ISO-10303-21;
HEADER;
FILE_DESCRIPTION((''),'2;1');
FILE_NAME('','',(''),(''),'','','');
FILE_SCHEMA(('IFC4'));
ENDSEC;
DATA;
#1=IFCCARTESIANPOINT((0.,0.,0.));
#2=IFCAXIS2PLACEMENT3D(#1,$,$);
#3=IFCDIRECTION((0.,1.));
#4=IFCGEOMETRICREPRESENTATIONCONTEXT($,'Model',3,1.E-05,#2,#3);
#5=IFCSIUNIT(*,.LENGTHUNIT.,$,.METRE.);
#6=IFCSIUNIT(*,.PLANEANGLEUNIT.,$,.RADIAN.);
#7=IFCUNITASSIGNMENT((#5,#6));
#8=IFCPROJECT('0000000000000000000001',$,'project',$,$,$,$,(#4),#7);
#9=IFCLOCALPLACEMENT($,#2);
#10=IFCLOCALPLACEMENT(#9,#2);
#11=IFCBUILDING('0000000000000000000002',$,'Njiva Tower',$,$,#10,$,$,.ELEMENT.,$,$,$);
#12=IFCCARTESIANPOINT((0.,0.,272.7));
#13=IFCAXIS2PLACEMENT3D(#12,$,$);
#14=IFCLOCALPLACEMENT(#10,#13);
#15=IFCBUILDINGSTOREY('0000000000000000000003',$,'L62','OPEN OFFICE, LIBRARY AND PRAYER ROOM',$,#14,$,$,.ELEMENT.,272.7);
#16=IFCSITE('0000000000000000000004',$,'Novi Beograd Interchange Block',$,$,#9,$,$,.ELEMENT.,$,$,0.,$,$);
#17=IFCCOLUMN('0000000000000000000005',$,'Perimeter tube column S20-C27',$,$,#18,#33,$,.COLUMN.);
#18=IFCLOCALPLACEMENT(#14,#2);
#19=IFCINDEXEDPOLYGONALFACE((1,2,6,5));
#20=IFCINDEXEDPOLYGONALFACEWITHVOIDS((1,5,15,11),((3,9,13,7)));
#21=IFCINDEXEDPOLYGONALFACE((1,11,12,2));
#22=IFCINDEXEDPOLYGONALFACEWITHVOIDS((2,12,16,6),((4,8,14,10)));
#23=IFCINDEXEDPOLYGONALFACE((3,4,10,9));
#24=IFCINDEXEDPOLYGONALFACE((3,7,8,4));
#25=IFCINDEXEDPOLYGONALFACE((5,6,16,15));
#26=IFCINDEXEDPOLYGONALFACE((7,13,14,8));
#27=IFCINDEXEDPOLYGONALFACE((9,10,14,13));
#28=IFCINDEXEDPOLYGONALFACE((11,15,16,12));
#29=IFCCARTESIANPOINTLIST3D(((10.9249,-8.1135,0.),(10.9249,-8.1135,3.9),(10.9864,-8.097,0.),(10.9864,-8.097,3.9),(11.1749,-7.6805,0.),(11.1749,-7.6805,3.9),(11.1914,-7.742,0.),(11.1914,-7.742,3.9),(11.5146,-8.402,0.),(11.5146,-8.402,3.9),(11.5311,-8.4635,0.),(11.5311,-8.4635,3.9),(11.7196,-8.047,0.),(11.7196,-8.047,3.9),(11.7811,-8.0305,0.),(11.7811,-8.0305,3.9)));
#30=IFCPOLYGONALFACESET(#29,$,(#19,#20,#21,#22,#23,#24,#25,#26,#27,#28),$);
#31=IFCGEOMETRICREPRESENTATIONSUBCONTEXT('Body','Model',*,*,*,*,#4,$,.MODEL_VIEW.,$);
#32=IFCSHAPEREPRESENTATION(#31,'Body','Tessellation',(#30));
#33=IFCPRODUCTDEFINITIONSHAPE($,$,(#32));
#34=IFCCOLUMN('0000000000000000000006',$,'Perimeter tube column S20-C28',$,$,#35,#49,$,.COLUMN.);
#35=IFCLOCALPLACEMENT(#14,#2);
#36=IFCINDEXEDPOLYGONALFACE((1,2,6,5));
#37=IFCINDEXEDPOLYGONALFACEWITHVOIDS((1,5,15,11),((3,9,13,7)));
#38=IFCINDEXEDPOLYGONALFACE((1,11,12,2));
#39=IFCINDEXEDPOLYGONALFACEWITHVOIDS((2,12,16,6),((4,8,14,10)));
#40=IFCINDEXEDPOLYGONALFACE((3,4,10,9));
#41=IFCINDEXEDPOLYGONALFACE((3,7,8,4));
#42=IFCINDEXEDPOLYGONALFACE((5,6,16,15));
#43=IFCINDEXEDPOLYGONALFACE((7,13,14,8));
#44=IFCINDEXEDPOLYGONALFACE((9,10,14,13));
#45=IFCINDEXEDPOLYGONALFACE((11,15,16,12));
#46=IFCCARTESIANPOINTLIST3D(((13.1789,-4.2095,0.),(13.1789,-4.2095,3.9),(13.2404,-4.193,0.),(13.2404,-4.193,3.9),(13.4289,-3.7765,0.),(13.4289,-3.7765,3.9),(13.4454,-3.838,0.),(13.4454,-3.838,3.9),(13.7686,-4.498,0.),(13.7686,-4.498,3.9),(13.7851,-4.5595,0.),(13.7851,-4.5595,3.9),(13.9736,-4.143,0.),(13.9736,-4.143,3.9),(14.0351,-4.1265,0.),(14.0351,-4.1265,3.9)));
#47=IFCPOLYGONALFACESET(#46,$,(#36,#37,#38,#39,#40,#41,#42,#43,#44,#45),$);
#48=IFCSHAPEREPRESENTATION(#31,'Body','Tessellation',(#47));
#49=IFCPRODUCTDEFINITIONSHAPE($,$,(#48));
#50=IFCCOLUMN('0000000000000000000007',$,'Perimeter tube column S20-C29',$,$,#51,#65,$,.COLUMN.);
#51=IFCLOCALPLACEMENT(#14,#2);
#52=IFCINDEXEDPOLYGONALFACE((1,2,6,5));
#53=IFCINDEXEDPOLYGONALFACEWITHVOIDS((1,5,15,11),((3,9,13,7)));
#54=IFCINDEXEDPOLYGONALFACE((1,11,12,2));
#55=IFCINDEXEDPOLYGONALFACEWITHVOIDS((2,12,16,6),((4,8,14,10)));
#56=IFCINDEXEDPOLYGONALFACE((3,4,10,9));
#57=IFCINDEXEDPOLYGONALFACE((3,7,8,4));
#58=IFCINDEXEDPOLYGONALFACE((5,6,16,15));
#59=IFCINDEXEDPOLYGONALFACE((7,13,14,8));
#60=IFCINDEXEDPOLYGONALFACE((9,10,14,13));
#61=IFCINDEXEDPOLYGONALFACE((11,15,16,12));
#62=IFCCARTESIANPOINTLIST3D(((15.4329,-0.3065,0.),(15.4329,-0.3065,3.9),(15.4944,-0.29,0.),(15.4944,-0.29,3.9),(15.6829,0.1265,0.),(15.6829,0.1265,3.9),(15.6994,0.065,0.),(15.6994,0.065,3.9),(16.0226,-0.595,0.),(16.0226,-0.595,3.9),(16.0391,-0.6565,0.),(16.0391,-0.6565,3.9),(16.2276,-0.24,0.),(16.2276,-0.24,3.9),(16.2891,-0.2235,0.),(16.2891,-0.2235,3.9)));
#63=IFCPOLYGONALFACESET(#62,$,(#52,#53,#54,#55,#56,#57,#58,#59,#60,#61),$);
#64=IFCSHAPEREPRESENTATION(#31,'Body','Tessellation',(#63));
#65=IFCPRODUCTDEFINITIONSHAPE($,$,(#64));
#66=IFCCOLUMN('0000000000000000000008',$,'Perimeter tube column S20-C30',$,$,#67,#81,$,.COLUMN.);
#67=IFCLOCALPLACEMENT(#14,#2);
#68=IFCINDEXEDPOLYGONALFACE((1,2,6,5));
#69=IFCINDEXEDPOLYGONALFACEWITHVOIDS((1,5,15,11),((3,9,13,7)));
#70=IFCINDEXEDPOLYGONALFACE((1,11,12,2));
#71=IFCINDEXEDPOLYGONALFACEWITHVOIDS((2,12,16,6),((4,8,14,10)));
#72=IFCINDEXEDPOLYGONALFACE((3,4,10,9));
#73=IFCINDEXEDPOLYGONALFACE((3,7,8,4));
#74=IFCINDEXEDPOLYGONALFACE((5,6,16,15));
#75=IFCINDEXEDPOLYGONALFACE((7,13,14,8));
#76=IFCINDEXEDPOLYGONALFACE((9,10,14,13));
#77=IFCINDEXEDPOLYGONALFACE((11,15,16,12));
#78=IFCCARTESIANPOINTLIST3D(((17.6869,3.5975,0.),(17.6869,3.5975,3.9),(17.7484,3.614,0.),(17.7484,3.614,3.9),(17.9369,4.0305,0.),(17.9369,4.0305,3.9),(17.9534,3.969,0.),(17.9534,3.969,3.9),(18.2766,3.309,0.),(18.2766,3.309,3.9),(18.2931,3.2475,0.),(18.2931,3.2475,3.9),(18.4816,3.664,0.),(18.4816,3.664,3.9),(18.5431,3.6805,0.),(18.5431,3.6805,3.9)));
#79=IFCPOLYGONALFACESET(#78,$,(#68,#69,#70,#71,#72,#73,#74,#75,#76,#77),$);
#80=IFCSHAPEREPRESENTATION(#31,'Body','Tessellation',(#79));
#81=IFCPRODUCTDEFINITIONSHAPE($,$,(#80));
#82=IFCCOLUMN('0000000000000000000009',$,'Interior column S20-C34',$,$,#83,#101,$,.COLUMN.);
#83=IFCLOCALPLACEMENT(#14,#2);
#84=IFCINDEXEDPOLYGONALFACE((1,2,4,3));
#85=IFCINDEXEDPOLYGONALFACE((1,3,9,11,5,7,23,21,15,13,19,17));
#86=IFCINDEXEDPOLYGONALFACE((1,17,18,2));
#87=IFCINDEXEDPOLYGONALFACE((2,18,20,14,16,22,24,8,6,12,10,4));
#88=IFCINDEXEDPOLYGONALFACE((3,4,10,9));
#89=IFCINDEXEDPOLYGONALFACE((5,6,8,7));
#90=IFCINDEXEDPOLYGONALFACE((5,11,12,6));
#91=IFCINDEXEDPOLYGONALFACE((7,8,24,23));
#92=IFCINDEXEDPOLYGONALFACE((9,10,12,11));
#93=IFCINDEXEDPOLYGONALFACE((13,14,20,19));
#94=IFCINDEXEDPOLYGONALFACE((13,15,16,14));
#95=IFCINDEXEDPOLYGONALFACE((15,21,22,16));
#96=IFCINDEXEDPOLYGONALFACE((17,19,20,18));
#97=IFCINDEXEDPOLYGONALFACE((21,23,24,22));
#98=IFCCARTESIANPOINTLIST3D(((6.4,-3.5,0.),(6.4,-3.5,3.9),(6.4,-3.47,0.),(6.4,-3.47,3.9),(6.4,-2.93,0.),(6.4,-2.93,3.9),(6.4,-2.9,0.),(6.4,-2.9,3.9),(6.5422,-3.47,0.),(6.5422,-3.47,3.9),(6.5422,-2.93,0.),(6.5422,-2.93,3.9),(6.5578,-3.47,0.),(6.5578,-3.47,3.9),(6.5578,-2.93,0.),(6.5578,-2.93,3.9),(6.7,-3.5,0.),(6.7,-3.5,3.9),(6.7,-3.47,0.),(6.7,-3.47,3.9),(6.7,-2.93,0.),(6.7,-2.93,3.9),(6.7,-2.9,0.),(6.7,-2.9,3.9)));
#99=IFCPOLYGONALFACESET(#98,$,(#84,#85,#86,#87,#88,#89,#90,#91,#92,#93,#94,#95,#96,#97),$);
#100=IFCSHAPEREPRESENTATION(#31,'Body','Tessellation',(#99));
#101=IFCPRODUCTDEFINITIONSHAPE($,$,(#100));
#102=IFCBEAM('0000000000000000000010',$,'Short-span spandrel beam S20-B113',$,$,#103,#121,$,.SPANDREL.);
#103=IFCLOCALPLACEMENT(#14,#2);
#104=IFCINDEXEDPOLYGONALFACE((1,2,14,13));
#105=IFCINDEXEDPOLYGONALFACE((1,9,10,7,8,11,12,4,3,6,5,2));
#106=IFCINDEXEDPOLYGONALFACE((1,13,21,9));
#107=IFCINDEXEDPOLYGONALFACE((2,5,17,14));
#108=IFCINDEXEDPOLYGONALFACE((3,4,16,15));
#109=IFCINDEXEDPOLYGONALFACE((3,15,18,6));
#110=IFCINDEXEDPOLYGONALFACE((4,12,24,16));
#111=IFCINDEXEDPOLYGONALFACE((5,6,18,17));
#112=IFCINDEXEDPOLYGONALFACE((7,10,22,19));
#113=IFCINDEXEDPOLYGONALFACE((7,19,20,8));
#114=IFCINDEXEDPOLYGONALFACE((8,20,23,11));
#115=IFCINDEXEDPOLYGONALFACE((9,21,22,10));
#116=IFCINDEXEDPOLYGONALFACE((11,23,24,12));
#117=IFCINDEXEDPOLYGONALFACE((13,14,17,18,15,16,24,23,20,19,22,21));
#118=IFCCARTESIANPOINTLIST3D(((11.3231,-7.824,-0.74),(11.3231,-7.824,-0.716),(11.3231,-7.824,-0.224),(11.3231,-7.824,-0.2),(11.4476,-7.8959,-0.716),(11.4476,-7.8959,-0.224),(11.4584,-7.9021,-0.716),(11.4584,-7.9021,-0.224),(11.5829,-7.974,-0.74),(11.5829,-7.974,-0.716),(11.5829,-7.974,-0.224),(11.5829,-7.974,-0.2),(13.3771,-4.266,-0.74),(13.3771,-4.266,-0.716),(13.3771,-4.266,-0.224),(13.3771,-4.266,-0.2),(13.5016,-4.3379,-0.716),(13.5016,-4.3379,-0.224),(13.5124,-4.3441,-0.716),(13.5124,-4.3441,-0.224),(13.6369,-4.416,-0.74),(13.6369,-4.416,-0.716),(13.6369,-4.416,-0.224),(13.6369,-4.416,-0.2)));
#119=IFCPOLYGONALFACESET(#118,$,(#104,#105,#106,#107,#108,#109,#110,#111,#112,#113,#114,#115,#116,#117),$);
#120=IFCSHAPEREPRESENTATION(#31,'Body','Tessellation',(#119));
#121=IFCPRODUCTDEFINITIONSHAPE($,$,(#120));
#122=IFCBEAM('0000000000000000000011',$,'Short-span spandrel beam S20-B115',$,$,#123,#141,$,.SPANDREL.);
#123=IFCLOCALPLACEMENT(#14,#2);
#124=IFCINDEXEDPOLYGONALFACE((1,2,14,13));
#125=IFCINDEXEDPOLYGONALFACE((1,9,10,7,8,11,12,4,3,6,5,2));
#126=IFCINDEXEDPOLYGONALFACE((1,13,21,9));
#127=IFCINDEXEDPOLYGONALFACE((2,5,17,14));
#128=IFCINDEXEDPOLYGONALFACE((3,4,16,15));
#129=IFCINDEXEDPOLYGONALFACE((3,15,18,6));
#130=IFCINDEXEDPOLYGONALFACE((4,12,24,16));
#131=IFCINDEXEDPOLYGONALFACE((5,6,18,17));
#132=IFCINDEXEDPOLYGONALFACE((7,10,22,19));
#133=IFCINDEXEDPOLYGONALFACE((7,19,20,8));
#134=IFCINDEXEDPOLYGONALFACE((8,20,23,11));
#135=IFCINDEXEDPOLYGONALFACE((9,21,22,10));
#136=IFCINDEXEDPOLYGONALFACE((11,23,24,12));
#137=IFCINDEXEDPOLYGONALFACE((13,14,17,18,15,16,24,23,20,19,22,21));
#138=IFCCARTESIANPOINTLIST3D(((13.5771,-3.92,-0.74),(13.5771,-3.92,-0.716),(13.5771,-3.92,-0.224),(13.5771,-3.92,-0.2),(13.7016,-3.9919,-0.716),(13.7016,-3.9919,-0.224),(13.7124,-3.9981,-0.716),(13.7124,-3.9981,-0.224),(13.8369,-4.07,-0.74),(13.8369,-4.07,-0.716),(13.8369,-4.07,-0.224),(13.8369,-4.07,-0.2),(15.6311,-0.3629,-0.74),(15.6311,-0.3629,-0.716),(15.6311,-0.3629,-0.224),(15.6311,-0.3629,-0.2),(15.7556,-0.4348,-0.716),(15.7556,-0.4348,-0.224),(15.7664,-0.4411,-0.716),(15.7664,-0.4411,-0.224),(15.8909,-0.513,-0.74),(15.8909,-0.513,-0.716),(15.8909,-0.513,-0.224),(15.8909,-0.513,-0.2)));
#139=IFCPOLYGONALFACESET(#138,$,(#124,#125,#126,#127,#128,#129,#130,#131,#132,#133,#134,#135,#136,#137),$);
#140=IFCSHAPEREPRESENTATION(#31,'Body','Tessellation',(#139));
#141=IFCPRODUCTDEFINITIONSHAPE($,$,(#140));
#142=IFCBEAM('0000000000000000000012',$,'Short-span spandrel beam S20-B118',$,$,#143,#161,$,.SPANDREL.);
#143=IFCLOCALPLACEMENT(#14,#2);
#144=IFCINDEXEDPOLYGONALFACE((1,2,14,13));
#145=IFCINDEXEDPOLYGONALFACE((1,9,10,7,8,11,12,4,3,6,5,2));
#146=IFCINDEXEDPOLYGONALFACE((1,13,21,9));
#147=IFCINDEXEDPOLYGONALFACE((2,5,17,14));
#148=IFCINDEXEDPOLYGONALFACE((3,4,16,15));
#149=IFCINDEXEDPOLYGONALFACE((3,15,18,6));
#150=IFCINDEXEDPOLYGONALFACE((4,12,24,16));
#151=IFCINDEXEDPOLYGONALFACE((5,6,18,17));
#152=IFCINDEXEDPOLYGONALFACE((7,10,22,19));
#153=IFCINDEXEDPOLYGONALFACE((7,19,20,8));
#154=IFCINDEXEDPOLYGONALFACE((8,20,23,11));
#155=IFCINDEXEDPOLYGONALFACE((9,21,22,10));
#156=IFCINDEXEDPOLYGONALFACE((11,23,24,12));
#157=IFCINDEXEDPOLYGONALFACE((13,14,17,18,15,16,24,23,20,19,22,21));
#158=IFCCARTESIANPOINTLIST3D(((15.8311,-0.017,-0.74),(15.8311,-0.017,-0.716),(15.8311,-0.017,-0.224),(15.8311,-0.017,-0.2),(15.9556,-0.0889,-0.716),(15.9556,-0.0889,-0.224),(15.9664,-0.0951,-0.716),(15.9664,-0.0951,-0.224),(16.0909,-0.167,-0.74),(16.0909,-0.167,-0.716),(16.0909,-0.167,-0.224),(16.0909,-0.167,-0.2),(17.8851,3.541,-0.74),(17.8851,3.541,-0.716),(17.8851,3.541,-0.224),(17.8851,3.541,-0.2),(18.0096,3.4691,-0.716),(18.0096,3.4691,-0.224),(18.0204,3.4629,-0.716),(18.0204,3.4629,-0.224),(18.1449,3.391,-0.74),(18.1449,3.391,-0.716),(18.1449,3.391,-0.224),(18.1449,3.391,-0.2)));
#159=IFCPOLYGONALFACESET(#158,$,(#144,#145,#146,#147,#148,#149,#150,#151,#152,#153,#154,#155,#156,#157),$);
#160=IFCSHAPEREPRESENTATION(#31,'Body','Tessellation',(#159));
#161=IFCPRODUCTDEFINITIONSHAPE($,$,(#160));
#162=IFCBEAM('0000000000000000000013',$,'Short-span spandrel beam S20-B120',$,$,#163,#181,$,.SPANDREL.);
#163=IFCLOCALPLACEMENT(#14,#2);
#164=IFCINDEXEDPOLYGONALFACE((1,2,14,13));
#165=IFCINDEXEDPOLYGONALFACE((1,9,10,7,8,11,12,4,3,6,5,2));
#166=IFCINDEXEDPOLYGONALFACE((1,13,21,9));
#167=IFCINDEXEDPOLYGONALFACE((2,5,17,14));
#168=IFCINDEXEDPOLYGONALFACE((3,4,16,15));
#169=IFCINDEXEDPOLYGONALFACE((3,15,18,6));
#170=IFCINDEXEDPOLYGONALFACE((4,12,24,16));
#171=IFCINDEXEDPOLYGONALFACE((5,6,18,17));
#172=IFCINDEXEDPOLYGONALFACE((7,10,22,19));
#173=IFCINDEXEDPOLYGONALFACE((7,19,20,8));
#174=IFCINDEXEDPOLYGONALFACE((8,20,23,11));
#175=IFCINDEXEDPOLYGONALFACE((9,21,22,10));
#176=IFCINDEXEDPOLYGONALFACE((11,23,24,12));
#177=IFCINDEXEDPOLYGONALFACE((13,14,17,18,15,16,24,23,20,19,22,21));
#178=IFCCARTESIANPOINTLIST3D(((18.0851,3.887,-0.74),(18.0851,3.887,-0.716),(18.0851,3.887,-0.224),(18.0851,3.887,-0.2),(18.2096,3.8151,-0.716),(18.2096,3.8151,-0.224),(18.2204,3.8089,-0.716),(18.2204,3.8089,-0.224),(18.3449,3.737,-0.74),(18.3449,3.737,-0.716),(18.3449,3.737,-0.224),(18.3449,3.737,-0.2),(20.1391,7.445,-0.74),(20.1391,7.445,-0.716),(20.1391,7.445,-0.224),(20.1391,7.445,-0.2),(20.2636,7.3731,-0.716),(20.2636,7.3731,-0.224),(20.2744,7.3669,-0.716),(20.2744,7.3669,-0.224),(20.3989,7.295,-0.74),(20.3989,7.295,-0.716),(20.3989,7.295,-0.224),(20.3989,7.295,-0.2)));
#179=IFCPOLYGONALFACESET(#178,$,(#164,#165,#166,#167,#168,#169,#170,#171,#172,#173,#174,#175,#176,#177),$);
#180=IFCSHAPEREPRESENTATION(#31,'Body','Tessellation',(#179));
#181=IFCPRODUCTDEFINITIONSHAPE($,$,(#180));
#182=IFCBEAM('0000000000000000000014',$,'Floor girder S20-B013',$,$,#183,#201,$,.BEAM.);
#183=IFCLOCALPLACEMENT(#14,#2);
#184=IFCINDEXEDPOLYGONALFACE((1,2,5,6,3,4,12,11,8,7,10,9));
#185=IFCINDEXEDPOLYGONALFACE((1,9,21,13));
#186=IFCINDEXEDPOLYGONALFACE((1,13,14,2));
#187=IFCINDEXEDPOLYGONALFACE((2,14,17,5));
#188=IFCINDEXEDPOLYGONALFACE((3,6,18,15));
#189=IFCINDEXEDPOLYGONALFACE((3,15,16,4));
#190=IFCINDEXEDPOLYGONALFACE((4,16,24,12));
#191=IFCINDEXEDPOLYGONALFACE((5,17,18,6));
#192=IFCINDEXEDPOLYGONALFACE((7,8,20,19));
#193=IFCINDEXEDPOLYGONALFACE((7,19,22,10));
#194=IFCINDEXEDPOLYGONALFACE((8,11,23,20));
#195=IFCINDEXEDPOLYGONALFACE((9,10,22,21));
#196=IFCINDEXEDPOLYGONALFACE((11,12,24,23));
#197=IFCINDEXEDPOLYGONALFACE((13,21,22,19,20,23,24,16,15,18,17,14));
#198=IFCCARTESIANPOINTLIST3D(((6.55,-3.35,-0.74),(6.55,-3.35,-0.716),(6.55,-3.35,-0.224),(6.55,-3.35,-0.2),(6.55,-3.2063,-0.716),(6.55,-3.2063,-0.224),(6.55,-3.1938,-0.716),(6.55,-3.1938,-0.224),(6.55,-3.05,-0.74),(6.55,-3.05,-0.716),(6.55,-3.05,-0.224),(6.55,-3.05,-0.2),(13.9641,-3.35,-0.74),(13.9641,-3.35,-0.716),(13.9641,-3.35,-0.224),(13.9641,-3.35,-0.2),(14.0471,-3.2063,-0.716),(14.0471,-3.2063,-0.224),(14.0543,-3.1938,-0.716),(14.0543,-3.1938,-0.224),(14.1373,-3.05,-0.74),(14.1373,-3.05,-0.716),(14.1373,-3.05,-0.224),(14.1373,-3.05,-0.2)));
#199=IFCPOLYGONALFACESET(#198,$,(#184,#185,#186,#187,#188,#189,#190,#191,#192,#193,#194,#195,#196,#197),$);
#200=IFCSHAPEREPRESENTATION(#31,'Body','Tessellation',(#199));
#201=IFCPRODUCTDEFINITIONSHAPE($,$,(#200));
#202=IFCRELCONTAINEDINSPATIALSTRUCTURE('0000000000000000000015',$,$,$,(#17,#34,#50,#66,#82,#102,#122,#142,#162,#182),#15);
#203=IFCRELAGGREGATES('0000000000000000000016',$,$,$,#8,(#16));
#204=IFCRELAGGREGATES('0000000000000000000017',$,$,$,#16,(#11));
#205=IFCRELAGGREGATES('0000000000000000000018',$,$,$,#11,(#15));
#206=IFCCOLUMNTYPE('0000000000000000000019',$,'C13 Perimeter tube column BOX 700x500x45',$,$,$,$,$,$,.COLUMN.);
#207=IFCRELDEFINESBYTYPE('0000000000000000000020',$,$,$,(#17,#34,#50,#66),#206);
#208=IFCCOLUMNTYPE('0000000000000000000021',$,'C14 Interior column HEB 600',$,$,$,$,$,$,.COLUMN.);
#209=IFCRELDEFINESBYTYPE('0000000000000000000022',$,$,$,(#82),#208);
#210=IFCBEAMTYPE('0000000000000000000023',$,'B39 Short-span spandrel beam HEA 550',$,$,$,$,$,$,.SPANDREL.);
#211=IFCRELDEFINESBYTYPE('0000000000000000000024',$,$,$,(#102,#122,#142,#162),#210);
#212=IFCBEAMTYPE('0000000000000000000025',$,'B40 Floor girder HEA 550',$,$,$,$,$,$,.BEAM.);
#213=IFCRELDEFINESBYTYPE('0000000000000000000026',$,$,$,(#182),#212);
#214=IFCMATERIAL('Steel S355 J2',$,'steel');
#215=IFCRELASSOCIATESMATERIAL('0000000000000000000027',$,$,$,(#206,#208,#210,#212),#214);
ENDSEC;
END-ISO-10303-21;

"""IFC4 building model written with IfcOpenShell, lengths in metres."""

from ifc_helpers import new_model, si_unit, direction, frame, origin, origin_2d, place, context, subcontext, project, spatial, hollow_rectangle, i_section, extrude, clip, halfspace, material, material_profile, profile_set, type_object, element, save


model = new_model("IFC4")

# Units and contexts
model_context = context("Model", 3, precision=1e-05, world=origin(), true_north=direction((0.0, 1.0)))
body_context = subcontext(model_context, "Body", "Model", "MODEL_VIEW")
ifc_project = project(units=[si_unit("LENGTHUNIT", "METRE"), si_unit("PLANEANGLEUNIT", "RADIAN")], contexts=[model_context])

# Site, building, storey
site_placement = place(None, origin())
site = spatial("IfcSite", under=ifc_project, at=site_placement, Name="Novi Beograd Interchange Block", CompositionType="ELEMENT", RefElevation=0.0)
building_placement = place(site_placement, origin())
building = spatial("IfcBuilding", under=site, at=building_placement, Name="Njiva Tower", CompositionType="ELEMENT")
storey_placement = place(building_placement, frame((0.0, 0.0, 272.7)))
storey = spatial("IfcBuildingStorey", under=building, at=storey_placement, Name="L62", Description="OPEN OFFICE, LIBRARY AND PRAYER ROOM", CompositionType="ELEMENT", Elevation=272.7)

# Columns
ifc_material_1 = material(Name="Steel S355 J2", Category="steel")
ifc_material_profile_1 = material_profile(ifc_material_1, hollow_rectangle(XDim=0.5, YDim=0.7, WallThickness=0.045, at=origin_2d()), Name="BOX 700x500x45")
ifc_profile_set_1 = profile_set([ifc_material_profile_1], Name="Steel S355 J2")
column_type_1 = type_object("IfcColumnType", Name="C13 Perimeter tube column BOX 700x500x45", PredefinedType="COLUMN", material=ifc_profile_set_1)
for number, where, z_axis, x_axis, name in (
    (1, (11.353, -8.072, 0.0), (0.0, 0.0, 1.0), (0.5, 0.866025, 0.0), "Perimeter tube column S20-C27"),
    (2, (13.607, -4.168, 0.0), (0.0, 0.0, 1.0), (0.5, 0.866025, 0.0), "Perimeter tube column S20-C28"),
    (3, (15.861, -0.265, 0.0), (0.0, 0.0, 1.0), (0.5, 0.866025, 0.0), "Perimeter tube column S20-C29"),
    (4, (18.115, 3.639, 0.0), (0.0, 0.0, 1.0), (0.5, 0.866025, 0.0), "Perimeter tube column S20-C30"),
):
    element("IfcColumn", number, at=place(storey_placement, frame(where, z_axis=z_axis, x_axis=x_axis)), inside=storey, type_object=column_type_1, Name=name, PredefinedType="COLUMN", context=body_context, shape_type="SweptSolid", body=[
        extrude(hollow_rectangle(XDim=0.5, YDim=0.7, WallThickness=0.045, at=origin_2d()), origin(), (0.0, 0.0, 1.0), 3.9),
    ])
ifc_material_profile_2 = material_profile(ifc_material_1, i_section(OverallWidth=0.3, OverallDepth=0.6, WebThickness=0.0155, FlangeThickness=0.03, at=origin_2d()), Name="HEB 600")
ifc_profile_set_2 = profile_set([ifc_material_profile_2], Name="Steel S355 J2")
column_type_2 = type_object("IfcColumnType", Name="C14 Interior column HEB 600", PredefinedType="COLUMN", material=ifc_profile_set_2)
column_placement = place(storey_placement, frame((6.55, -3.2, 0.0), z_axis=(0.0, 0.0, 1.0), x_axis=(1.0, 0.0, 0.0)))
element("IfcColumn", 5, at=column_placement, inside=storey, type_object=column_type_2, Name="Interior column S20-C34", PredefinedType="COLUMN", context=body_context, shape_type="SweptSolid", body=[
    extrude(i_section(OverallWidth=0.3, OverallDepth=0.6, WebThickness=0.0155, FlangeThickness=0.03, at=origin_2d()), origin(), (0.0, 0.0, 1.0), 3.9),
])

# Beams
ifc_material_profile_3 = material_profile(ifc_material_1, i_section(OverallWidth=0.3, OverallDepth=0.54, WebThickness=0.0125, FlangeThickness=0.024, at=origin_2d()), Name="HEA 550")
ifc_profile_set_3 = profile_set([ifc_material_profile_3], Name="Steel S355 J2")
beam_type_1 = type_object("IfcBeamType", Name="B39 Short-span spandrel beam HEA 550", PredefinedType="SPANDREL", material=ifc_profile_set_3)
beam_1_placement = place(storey_placement, frame((11.453, -7.899, -0.47), z_axis=(0.499961, 0.866048, 0.0), x_axis=(-0.866048, 0.499961, 0.0)))
element("IfcBeam", 6, at=beam_1_placement, inside=storey, type_object=beam_type_1, Name="Short-span spandrel beam S20-B113", PredefinedType="SPANDREL", context=body_context, shape_type="SweptSolid", body=[
    extrude(i_section(OverallWidth=0.3, OverallDepth=0.54, WebThickness=0.0125, FlangeThickness=0.024, at=origin_2d()), origin(), (0.0, 0.0, 1.0), 4.1083),
])
beam_2_placement = place(storey_placement, frame((13.707, -3.995, -0.47), z_axis=(0.500067, 0.865987, 0.0), x_axis=(-0.865987, 0.500067, 0.0)))
element("IfcBeam", 7, at=beam_2_placement, inside=storey, type_object=beam_type_1, Name="Short-span spandrel beam S20-B115", PredefinedType="SPANDREL", context=body_context, shape_type="SweptSolid", body=[
    extrude(i_section(OverallWidth=0.3, OverallDepth=0.54, WebThickness=0.0125, FlangeThickness=0.024, at=origin_2d()), origin(), (0.0, 0.0, 1.0), 4.1075),
])
for number, where, z_axis, x_axis, name in (
    (8, (15.961, -0.092, -0.47), (0.499961, 0.866048, 0.0), (-0.866048, 0.499961, 0.0), "Short-span spandrel beam S20-B118"),
    (9, (18.215, 3.812, -0.47), (0.499961, 0.866048, 0.0), (-0.866048, 0.499961, 0.0), "Short-span spandrel beam S20-B120"),
):
    element("IfcBeam", number, at=place(storey_placement, frame(where, z_axis=z_axis, x_axis=x_axis)), inside=storey, type_object=beam_type_1, Name=name, PredefinedType="SPANDREL", context=body_context, shape_type="SweptSolid", body=[
        extrude(i_section(OverallWidth=0.3, OverallDepth=0.54, WebThickness=0.0125, FlangeThickness=0.024, at=origin_2d()), origin(), (0.0, 0.0, 1.0), 4.1083),
    ])
ifc_material_profile_4 = material_profile(ifc_material_1, i_section(OverallWidth=0.3, OverallDepth=0.54, WebThickness=0.0125, FlangeThickness=0.024, at=origin_2d()), Name="HEA 550")
ifc_profile_set_4 = profile_set([ifc_material_profile_4], Name="Steel S355 J2")
beam_type_2 = type_object("IfcBeamType", Name="B40 Floor girder HEA 550", PredefinedType="BEAM", material=ifc_profile_set_4)
beam_3_placement = place(storey_placement, frame((6.55, -3.2, -0.47), z_axis=(1.0, 0.0, 0.0), x_axis=(0.0, 1.0, 0.0)))
element("IfcBeam", 10, at=beam_3_placement, inside=storey, type_object=beam_type_2, Name="Floor girder S20-B013", PredefinedType="BEAM", context=body_context, shape_type="Clipping", body=[
    clip(extrude(i_section(OverallWidth=0.3, OverallDepth=0.54, WebThickness=0.0125, FlangeThickness=0.024, at=origin_2d()), origin(), (0.0, 0.0, 1.0), 7.608), halfspace(frame((-0.025, 0.0, 7.4863), z_axis=(-0.499998, 0.0, 0.866027), x_axis=(0.0, 1.0, 0.0)), False)),
])

save(model, "model.ifc")
